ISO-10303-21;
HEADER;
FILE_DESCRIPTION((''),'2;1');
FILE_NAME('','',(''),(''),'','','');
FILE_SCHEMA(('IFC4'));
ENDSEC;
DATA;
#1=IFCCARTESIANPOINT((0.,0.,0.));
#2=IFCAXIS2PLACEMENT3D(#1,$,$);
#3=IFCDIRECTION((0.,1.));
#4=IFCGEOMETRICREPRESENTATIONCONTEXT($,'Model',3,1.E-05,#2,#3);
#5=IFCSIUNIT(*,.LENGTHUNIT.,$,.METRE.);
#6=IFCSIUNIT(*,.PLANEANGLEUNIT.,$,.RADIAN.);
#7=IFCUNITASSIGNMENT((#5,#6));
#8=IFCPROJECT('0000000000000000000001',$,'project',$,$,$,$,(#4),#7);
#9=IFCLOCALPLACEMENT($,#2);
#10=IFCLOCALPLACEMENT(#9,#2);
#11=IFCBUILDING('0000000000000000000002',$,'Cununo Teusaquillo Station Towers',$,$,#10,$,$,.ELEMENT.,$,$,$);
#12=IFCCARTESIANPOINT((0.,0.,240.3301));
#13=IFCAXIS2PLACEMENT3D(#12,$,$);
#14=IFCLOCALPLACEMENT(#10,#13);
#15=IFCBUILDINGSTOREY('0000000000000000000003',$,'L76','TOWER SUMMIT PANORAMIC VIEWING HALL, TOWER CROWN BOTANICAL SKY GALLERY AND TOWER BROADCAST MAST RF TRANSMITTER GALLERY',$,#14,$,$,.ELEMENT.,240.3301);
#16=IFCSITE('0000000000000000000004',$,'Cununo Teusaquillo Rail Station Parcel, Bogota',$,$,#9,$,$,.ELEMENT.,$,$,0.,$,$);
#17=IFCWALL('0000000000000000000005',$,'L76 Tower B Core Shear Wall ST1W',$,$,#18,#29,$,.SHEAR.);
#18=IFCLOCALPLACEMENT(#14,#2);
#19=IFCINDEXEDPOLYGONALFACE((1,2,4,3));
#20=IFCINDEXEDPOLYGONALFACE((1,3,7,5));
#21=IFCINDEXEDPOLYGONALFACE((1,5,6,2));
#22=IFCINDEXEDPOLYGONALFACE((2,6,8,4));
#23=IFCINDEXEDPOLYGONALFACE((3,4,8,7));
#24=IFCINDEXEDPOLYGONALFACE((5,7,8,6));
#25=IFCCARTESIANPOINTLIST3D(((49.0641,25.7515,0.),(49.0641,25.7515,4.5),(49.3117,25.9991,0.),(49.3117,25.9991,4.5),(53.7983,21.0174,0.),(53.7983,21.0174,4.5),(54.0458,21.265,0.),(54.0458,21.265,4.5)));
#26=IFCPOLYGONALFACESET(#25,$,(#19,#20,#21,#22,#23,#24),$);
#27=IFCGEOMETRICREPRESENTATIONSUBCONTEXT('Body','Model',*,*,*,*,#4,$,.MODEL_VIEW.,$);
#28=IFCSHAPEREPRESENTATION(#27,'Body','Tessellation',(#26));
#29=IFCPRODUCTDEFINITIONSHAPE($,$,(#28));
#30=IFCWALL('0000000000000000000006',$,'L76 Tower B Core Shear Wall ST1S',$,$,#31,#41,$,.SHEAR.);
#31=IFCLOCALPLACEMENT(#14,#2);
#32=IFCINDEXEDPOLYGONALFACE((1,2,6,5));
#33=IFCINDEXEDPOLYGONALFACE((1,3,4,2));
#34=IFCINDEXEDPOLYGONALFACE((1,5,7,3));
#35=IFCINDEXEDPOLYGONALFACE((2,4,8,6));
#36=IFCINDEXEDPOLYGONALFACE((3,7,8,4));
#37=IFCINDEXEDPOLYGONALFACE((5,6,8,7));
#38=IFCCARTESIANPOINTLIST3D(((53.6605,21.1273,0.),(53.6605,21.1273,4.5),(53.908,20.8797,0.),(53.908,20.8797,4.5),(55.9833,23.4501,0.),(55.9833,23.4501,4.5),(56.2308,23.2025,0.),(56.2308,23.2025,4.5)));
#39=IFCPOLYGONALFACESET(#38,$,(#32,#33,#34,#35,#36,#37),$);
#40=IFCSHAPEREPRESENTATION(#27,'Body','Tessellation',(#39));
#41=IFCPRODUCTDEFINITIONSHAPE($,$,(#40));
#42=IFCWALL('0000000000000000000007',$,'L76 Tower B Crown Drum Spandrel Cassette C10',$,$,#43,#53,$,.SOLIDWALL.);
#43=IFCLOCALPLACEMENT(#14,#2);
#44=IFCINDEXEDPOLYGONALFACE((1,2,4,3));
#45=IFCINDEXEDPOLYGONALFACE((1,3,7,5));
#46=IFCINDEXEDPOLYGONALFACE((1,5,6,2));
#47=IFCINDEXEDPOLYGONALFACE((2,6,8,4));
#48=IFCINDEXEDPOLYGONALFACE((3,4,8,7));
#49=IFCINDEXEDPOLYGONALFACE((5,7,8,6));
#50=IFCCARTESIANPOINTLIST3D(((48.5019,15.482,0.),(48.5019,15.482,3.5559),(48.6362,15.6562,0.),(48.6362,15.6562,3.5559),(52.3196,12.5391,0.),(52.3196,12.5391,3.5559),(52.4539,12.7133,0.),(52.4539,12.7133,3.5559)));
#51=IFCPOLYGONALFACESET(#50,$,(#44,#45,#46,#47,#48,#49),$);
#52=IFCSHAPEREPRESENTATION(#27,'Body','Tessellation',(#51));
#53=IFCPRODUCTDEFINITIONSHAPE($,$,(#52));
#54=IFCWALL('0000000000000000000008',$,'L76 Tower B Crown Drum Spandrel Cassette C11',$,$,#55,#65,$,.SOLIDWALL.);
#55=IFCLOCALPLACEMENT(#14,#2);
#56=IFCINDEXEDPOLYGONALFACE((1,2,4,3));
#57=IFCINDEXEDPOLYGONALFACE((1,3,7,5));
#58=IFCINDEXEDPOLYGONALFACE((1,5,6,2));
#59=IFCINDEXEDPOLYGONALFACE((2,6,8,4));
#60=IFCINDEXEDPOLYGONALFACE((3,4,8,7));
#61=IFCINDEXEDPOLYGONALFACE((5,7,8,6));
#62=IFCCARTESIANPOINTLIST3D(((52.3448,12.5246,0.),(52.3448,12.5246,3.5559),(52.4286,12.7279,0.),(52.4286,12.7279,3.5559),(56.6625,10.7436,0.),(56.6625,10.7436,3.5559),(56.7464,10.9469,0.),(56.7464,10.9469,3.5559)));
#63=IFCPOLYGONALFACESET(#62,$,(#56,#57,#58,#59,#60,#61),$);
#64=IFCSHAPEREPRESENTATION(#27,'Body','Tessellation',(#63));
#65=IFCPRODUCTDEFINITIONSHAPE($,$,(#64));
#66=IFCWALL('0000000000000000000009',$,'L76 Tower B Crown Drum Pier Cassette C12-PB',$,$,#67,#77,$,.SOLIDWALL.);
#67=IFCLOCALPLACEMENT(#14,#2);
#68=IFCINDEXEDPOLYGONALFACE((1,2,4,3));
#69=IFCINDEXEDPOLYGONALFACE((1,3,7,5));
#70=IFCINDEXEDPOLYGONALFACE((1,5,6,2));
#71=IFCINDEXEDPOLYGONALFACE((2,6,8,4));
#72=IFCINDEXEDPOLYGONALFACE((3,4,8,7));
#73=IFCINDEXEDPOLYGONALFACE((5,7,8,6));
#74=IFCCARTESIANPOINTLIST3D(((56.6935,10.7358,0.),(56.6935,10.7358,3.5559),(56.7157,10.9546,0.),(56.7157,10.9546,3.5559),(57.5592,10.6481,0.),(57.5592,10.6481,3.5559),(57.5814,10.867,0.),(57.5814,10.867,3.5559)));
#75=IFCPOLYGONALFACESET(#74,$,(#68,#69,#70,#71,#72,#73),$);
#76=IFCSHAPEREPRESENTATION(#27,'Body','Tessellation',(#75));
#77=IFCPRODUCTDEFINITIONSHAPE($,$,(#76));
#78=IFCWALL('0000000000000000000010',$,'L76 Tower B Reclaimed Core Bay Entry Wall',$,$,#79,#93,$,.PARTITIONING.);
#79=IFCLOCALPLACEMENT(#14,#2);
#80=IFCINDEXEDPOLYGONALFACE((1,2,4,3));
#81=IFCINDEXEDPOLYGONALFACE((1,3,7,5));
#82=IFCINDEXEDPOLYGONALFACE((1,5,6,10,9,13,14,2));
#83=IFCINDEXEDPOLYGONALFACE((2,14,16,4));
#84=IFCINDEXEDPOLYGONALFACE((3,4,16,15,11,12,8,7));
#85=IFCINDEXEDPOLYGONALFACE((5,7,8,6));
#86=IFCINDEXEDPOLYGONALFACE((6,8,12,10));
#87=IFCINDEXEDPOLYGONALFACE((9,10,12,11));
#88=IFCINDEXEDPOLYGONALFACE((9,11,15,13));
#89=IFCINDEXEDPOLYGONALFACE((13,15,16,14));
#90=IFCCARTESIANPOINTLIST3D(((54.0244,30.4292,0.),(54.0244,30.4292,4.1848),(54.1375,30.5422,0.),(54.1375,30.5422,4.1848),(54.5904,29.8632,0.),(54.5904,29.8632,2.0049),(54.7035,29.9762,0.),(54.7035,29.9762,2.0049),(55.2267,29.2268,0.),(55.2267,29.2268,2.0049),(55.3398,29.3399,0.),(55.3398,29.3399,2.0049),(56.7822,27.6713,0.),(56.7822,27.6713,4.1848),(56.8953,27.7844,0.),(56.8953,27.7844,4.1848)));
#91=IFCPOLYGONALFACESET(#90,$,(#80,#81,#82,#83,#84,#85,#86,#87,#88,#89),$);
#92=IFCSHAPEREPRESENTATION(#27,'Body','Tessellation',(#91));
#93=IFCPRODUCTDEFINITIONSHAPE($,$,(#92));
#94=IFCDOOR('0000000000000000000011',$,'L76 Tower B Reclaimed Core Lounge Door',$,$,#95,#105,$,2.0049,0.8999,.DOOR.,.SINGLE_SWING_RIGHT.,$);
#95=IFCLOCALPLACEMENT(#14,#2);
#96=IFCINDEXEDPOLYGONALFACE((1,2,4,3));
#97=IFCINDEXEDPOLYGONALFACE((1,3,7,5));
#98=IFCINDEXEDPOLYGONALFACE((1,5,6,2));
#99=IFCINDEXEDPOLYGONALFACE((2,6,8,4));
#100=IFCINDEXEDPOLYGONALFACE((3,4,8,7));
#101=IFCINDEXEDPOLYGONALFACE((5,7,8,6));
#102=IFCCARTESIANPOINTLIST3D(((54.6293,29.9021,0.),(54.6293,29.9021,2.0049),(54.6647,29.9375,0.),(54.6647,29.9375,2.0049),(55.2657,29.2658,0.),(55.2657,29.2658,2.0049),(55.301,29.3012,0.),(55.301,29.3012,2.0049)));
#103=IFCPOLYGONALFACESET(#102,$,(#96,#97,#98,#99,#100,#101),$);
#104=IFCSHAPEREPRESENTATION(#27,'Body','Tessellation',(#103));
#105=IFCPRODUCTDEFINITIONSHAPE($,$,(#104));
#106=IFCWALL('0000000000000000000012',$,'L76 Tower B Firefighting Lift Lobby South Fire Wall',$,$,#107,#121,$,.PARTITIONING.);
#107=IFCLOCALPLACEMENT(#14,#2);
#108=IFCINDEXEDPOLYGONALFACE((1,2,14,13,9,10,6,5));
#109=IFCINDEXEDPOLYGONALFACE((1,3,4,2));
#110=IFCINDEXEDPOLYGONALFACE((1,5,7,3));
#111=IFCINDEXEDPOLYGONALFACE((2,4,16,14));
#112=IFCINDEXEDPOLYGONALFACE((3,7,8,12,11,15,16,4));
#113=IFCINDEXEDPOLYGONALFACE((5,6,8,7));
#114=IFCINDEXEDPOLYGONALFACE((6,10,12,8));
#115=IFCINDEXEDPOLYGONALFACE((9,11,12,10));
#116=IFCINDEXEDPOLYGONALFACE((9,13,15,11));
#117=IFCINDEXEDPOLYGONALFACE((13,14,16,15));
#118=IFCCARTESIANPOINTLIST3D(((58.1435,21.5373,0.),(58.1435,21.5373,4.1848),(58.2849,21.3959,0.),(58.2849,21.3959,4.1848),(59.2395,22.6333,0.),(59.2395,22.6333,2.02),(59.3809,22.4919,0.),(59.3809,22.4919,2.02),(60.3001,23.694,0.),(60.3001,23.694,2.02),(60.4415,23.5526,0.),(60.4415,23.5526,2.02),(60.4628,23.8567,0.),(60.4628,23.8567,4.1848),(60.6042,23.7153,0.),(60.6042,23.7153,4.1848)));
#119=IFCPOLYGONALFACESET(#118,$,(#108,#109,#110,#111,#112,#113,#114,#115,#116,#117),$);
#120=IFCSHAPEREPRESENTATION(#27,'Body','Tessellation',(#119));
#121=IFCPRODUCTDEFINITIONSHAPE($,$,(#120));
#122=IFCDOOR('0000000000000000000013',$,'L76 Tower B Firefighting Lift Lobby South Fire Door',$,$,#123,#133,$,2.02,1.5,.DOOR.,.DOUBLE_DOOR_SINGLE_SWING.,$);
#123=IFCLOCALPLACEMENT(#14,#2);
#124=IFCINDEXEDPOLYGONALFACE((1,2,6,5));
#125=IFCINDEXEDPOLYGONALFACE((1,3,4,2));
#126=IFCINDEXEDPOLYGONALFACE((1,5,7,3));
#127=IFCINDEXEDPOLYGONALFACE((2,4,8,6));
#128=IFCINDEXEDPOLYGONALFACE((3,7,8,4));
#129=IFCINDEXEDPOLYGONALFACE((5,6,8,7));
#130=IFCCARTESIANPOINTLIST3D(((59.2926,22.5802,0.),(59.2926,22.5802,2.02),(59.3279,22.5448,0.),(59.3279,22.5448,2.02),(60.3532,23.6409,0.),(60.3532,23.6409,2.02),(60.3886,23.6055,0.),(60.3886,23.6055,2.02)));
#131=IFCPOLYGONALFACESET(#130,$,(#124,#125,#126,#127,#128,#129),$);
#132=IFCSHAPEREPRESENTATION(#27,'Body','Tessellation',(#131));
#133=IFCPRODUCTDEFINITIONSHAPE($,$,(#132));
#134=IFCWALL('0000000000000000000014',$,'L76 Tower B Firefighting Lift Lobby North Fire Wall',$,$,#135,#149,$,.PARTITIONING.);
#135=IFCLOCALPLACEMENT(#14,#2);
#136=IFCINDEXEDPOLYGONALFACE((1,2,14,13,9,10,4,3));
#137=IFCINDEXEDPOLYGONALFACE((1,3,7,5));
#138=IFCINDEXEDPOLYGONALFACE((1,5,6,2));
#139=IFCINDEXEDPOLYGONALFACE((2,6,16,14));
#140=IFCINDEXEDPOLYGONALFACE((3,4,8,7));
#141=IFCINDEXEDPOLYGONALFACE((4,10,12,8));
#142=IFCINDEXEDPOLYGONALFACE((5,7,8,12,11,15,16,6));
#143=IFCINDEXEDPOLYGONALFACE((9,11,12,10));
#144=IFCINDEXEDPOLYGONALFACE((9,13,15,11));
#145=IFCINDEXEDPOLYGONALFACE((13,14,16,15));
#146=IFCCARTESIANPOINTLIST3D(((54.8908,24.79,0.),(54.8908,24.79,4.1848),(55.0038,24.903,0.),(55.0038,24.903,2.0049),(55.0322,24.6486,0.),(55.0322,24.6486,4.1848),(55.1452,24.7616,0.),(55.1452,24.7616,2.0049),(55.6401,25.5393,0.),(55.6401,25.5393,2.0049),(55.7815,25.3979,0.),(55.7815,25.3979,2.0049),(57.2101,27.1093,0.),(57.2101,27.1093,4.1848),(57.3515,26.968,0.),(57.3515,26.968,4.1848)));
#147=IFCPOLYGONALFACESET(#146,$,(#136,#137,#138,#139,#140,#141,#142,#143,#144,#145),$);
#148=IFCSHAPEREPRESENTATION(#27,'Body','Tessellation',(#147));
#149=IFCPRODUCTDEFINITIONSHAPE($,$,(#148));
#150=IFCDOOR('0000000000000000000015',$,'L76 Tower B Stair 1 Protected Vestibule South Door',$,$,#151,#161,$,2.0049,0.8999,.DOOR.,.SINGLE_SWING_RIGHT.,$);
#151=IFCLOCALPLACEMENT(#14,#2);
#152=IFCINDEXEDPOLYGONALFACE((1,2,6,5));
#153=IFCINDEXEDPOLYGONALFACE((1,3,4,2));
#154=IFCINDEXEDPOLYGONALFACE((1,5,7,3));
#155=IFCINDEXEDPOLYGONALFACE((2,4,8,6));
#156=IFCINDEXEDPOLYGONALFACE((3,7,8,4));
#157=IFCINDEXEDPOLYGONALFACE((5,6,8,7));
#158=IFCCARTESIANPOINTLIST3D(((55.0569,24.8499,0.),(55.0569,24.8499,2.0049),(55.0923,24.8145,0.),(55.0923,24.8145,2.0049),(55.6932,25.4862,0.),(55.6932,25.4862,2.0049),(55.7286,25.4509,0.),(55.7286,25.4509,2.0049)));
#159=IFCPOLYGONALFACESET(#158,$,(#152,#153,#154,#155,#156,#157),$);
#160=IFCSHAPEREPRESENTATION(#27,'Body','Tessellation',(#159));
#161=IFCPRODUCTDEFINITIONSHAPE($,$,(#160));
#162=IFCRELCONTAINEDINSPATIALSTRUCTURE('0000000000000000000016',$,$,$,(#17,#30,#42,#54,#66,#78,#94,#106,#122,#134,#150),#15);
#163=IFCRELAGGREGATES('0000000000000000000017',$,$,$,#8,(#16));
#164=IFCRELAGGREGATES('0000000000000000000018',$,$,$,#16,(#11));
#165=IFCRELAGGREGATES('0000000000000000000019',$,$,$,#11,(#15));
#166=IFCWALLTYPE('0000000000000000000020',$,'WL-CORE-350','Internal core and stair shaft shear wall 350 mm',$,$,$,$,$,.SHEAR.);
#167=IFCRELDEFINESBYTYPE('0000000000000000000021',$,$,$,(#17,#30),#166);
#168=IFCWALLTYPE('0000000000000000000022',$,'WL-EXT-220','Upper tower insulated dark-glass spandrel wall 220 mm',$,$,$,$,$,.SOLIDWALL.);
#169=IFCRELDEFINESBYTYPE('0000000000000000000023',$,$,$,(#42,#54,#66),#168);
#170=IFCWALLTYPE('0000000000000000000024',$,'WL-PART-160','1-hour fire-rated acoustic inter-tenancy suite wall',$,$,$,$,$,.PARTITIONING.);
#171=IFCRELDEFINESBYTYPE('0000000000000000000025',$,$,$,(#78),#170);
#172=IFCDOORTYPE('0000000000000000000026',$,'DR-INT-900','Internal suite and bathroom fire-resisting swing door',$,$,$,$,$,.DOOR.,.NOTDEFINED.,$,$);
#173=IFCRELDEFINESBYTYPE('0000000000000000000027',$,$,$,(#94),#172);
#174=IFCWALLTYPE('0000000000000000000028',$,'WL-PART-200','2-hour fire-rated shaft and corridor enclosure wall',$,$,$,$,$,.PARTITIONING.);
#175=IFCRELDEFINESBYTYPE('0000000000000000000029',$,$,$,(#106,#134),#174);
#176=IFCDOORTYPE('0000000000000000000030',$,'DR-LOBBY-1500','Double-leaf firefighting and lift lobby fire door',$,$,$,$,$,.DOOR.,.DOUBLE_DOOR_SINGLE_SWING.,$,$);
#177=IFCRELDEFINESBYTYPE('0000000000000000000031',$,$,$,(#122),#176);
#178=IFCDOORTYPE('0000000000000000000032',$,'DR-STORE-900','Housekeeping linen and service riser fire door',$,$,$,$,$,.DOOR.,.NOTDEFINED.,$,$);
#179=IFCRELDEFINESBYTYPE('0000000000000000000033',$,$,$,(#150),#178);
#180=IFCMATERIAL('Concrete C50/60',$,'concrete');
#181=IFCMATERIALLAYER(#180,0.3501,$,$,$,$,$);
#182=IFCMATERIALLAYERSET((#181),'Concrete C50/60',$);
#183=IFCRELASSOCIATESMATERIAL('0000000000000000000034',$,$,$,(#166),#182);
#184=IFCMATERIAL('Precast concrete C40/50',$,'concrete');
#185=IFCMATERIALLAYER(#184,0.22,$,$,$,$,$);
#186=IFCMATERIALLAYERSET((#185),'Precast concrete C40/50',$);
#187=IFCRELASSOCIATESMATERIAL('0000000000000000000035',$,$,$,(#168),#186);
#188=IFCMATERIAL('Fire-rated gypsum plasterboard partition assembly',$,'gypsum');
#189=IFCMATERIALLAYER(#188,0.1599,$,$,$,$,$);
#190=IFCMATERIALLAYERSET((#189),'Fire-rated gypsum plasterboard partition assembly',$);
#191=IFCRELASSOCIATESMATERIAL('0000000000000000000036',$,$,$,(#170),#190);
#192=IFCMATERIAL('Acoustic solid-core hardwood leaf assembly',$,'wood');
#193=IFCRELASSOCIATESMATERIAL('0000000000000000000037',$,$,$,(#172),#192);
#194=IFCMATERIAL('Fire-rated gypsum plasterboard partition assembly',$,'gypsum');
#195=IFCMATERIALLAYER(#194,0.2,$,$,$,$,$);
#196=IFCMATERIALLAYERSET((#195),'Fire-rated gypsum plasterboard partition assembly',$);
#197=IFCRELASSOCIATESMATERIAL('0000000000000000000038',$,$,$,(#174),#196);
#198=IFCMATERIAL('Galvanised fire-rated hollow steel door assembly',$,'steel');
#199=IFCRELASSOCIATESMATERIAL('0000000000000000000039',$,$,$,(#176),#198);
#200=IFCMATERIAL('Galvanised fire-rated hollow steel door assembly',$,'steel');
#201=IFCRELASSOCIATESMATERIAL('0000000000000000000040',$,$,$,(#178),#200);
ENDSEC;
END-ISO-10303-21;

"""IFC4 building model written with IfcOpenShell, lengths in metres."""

from ifc_helpers import new_model, si_unit, direction, frame, frame_2d, origin, place, context, subcontext, project, spatial, rectangle, extrude, source, transform, mapped, material, layer, layer_set, type_object, element, fill, save


model = new_model("IFC4")

# Units and contexts
model_context = context("Model", 3, precision=1e-05, world=origin(), true_north=direction((0.0, 1.0)))
body_context = subcontext(model_context, "Body", "Model", "MODEL_VIEW")
ifc_project = project(units=[si_unit("LENGTHUNIT", "METRE"), si_unit("PLANEANGLEUNIT", "RADIAN")], contexts=[model_context])

# Site, building, storey
site_placement = place(None, origin())
site = spatial("IfcSite", under=ifc_project, at=site_placement, Name="Cununo Teusaquillo Rail Station Parcel, Bogota", CompositionType="ELEMENT", RefElevation=0.0)
building_placement = place(site_placement, origin())
building = spatial("IfcBuilding", under=site, at=building_placement, Name="Cununo Teusaquillo Station Towers", CompositionType="ELEMENT")
storey_placement = place(building_placement, frame((0.0, 0.0, 240.3301)))
storey = spatial("IfcBuildingStorey", under=building, at=storey_placement, Name="L76", Description="TOWER SUMMIT PANORAMIC VIEWING HALL, TOWER CROWN BOTANICAL SKY GALLERY AND TOWER BROADCAST MAST RF TRANSMITTER GALLERY", CompositionType="ELEMENT", Elevation=240.3301)

# Walls
ifc_material_1 = material(Name="Concrete C50/60", Category="concrete")
ifc_layer_1 = layer(ifc_material_1, 0.3501)
ifc_layer_set_1 = layer_set([ifc_layer_1], Name="Concrete C50/60")
wall_type_1 = type_object("IfcWallType", Name="WL-CORE-350", Description="Internal core and stair shaft shear wall 350 mm", PredefinedType="SHEAR", material=ifc_layer_set_1)
wall_1_placement = place(storey_placement, frame((53.9221, 21.1411, 0.0), z_axis=(0.0, 0.0, 1.0), x_axis=(-0.707107, 0.707107, 0.0)))
element("IfcWall", 1, at=wall_1_placement, inside=storey, type_object=wall_type_1, Name="L76 Tower B Core Shear Wall ST1W", PredefinedType="SHEAR", context=body_context, shape_type="SweptSolid", body=[
    extrude(rectangle(XDim=6.6951, YDim=0.3501, at=frame_2d((3.3477, 0.0))), origin(), (0.0, 0.0, 1.0), 4.5),
])
wall_2_placement = place(storey_placement, frame((53.7842, 21.0034, 0.0), z_axis=(0.0, 0.0, 1.0), x_axis=(0.707107, 0.707107, 0.0)))
element("IfcWall", 2, at=wall_2_placement, inside=storey, type_object=wall_type_1, Name="L76 Tower B Core Shear Wall ST1S", PredefinedType="SHEAR", context=body_context, shape_type="SweptSolid", body=[
    extrude(rectangle(XDim=3.2849, YDim=0.3501, at=frame_2d((1.6426, 0.0))), origin(), (0.0, 0.0, 1.0), 4.5),
])
ifc_material_2 = material(Name="Precast concrete C40/50", Category="concrete")
ifc_layer_2 = layer(ifc_material_2, 0.22)
ifc_layer_set_2 = layer_set([ifc_layer_2], Name="Precast concrete C40/50")
wall_type_2 = type_object("IfcWallType", Name="WL-EXT-220", Description="Upper tower insulated dark-glass spandrel wall 220 mm", PredefinedType="SOLIDWALL", material=ifc_layer_set_2)
wall_3_placement = place(storey_placement, frame((52.3867, 12.6262, 0.0), z_axis=(0.0, 0.0, 1.0), x_axis=(-0.791998, 0.610523, 0.0)))
element("IfcWall", 3, at=wall_3_placement, inside=storey, type_object=wall_type_2, Name="L76 Tower B Crown Drum Spandrel Cassette C10", PredefinedType="SOLIDWALL", context=body_context, shape_type="SweptSolid", body=[
    extrude(rectangle(XDim=4.8203, YDim=0.22, at=frame_2d((2.4102, 0.0))), origin(), (0.0, 0.0, 1.0), 3.5559),
])
wall_4_placement = place(storey_placement, frame((56.7046, 10.8452, 0.0), z_axis=(0.0, 0.0, 1.0), x_axis=(-0.924447, 0.38131, 0.0)))
element("IfcWall", 4, at=wall_4_placement, inside=storey, type_object=wall_type_2, Name="L76 Tower B Crown Drum Spandrel Cassette C11", PredefinedType="SOLIDWALL", context=body_context, shape_type="SweptSolid", body=[
    extrude(rectangle(XDim=4.6707, YDim=0.22, at=frame_2d((2.3354, 0.0))), origin(), (0.0, 0.0, 1.0), 3.5559),
])
wall_5_placement = place(storey_placement, frame((57.5703, 10.7576, 0.0), z_axis=(0.0, 0.0, 1.0), x_axis=(-0.994914, 0.100726, 0.0)))
element("IfcWall", 5, at=wall_5_placement, inside=storey, type_object=wall_type_2, Name="L76 Tower B Crown Drum Pier Cassette C12-PB", PredefinedType="SOLIDWALL", context=body_context, shape_type="SweptSolid", body=[
    extrude(rectangle(XDim=0.8701, YDim=0.22, at=frame_2d((0.4351, 0.0))), origin(), (0.0, 0.0, 1.0), 3.5559),
])

# Walls, openings, doors
ifc_material_3 = material(Name="Fire-rated gypsum plasterboard partition assembly", Category="gypsum")
ifc_layer_3 = layer(ifc_material_3, 0.1599)
ifc_layer_set_3 = layer_set([ifc_layer_3], Name="Fire-rated gypsum plasterboard partition assembly")
wall_type_3 = type_object("IfcWallType", Name="WL-PART-160", Description="1-hour fire-rated acoustic inter-tenancy suite wall", PredefinedType="PARTITIONING", material=ifc_layer_set_3)
wall_6_placement = place(storey_placement, frame((56.8389, 27.7278, 0.0), z_axis=(0.0, 0.0, 1.0), x_axis=(-0.707107, 0.707107, 0.0)))
wall_6 = element("IfcWall", 6, at=wall_6_placement, inside=storey, type_object=wall_type_3, Name="L76 Tower B Reclaimed Core Bay Entry Wall", PredefinedType="PARTITIONING", context=body_context, shape_type="SweptSolid", body=[
    extrude(rectangle(XDim=3.9001, YDim=0.1599, at=frame_2d((1.9502, 0.0))), origin(), (0.0, 0.0, 1.0), 4.1848),
])
shared_shape_1 = source(origin(), body_context, "Body", "SweptSolid", [
    extrude(rectangle(XDim=0.8999, YDim=2.0049, at=frame_2d((0.45, 1.0024))), frame((0.0, 0.0898, 0.0), z_axis=(0.0, -1.0, 0.0), x_axis=(1.0, 0.0, 0.0)), (0.0, 0.0, 1.0), 0.1799),
])
opening_1_placement = place(wall_6_placement, frame((2.2, 0.0, 0.0)))
opening_1 = element("IfcOpeningElement", 7, at=opening_1_placement, cuts=wall_6, PredefinedType="OPENING", context=body_context, shape_type="MappedRepresentation", body=[
    mapped(shared_shape_1, transform((0.0, 0.0, 0.0), x_axis=(1.0, 0.0, 0.0), y_axis=(0.0, 1.0, 0.0), z_axis=(0.0, 0.0, 1.0), scale=1.0)),
])
ifc_material_4 = material(Name="Acoustic solid-core hardwood leaf assembly", Category="wood")
door_type_1 = type_object("IfcDoorType", Name="DR-INT-900", Description="Internal suite and bathroom fire-resisting swing door", OperationType="NOTDEFINED", PredefinedType="DOOR", material=ifc_material_4)
shared_shape_2 = source(origin(), body_context, "Body", "SweptSolid", [
    extrude(rectangle(XDim=0.8999, YDim=2.0049, at=frame_2d((0.45, 1.0024))), frame((0.0, 0.0249, 0.0), z_axis=(0.0, -1.0, 0.0), x_axis=(1.0, 0.0, 0.0)), (0.0, 0.0, 1.0), 0.05),
])
door_1_placement = place(opening_1_placement, origin())
door_1 = element("IfcDoor", 8, at=door_1_placement, inside=storey, type_object=door_type_1, Name="L76 Tower B Reclaimed Core Lounge Door", OperationType="SINGLE_SWING_RIGHT", OverallHeight=2.0049, OverallWidth=0.8999, PredefinedType="DOOR", context=body_context, shape_type="MappedRepresentation", body=[
    mapped(shared_shape_2, transform((0.0, 0.0, 0.0), x_axis=(1.0, 0.0, 0.0), y_axis=(0.0, 1.0, 0.0), z_axis=(0.0, 0.0, 1.0), scale=1.0)),
])
fill(opening_1, door_1)
ifc_material_5 = material(Name="Fire-rated gypsum plasterboard partition assembly", Category="gypsum")
ifc_layer_4 = layer(ifc_material_5, 0.2)
ifc_layer_set_4 = layer_set([ifc_layer_4], Name="Fire-rated gypsum plasterboard partition assembly")
wall_type_4 = type_object("IfcWallType", Name="WL-PART-200", Description="2-hour fire-rated shaft and corridor enclosure wall", PredefinedType="PARTITIONING", material=ifc_layer_set_4)
wall_7_placement = place(storey_placement, frame((58.2141, 21.4666, 0.0), z_axis=(0.0, 0.0, 1.0), x_axis=(0.707107, 0.707107, 0.0)))
wall_7 = element("IfcWall", 9, at=wall_7_placement, inside=storey, type_object=wall_type_4, Name="L76 Tower B Firefighting Lift Lobby South Fire Wall", PredefinedType="PARTITIONING", context=body_context, shape_type="SweptSolid", body=[
    extrude(rectangle(XDim=3.28, YDim=0.2, at=frame_2d((1.6401, 0.0))), origin(), (0.0, 0.0, 1.0), 4.1848),
])
shared_shape_3 = source(origin(), body_context, "Body", "SweptSolid", [
    extrude(rectangle(XDim=1.5, YDim=2.02, at=frame_2d((0.75, 1.01))), frame((0.0, 0.1099, 0.0), z_axis=(0.0, -1.0, 0.0), x_axis=(1.0, 0.0, 0.0)), (0.0, 0.0, 1.0), 0.22),
])
opening_2_placement = place(wall_7_placement, frame((1.55, 0.0, 0.0)))
opening_2 = element("IfcOpeningElement", 10, at=opening_2_placement, cuts=wall_7, PredefinedType="OPENING", context=body_context, shape_type="MappedRepresentation", body=[
    mapped(shared_shape_3, transform((0.0, 0.0, 0.0), x_axis=(1.0, 0.0, 0.0), y_axis=(0.0, 1.0, 0.0), z_axis=(0.0, 0.0, 1.0), scale=1.0)),
])
ifc_material_6 = material(Name="Galvanised fire-rated hollow steel door assembly", Category="steel")
door_type_2 = type_object("IfcDoorType", Name="DR-LOBBY-1500", Description="Double-leaf firefighting and lift lobby fire door", OperationType="DOUBLE_DOOR_SINGLE_SWING", PredefinedType="DOOR", material=ifc_material_6)
shared_shape_4 = source(origin(), body_context, "Body", "SweptSolid", [
    extrude(rectangle(XDim=1.5, YDim=2.02, at=frame_2d((0.75, 1.01))), frame((0.0, 0.0249, 0.0), z_axis=(0.0, -1.0, 0.0), x_axis=(1.0, 0.0, 0.0)), (0.0, 0.0, 1.0), 0.05),
])
door_2_placement = place(opening_2_placement, origin())
door_2 = element("IfcDoor", 11, at=door_2_placement, inside=storey, type_object=door_type_2, Name="L76 Tower B Firefighting Lift Lobby South Fire Door", OperationType="DOUBLE_DOOR_SINGLE_SWING", OverallHeight=2.02, OverallWidth=1.5, PredefinedType="DOOR", context=body_context, shape_type="MappedRepresentation", body=[
    mapped(shared_shape_4, transform((0.0, 0.0, 0.0), x_axis=(1.0, 0.0, 0.0), y_axis=(0.0, 1.0, 0.0), z_axis=(0.0, 0.0, 1.0), scale=1.0)),
])
fill(opening_2, door_2)
wall_8_placement = place(storey_placement, frame((54.9614, 24.7192, 0.0), z_axis=(0.0, 0.0, 1.0), x_axis=(0.707107, 0.707107, 0.0)))
wall_8 = element("IfcWall", 12, at=wall_8_placement, inside=storey, type_object=wall_type_4, Name="L76 Tower B Firefighting Lift Lobby North Fire Wall", PredefinedType="PARTITIONING", context=body_context, shape_type="SweptSolid", body=[
    extrude(rectangle(XDim=3.28, YDim=0.2, at=frame_2d((1.6401, 0.0))), origin(), (0.0, 0.0, 1.0), 4.1848),
])
shared_shape_5 = source(origin(), body_context, "Body", "SweptSolid", [
    extrude(rectangle(XDim=0.8999, YDim=2.0049, at=frame_2d((0.45, 1.0024))), frame((0.0, 0.1099, 0.0), z_axis=(0.0, -1.0, 0.0), x_axis=(1.0, 0.0, 0.0)), (0.0, 0.0, 1.0), 0.22),
])
opening_3_placement = place(wall_8_placement, frame((0.1599, 0.0, 0.0)))
opening_3 = element("IfcOpeningElement", 13, at=opening_3_placement, cuts=wall_8, PredefinedType="OPENING", context=body_context, shape_type="MappedRepresentation", body=[
    mapped(shared_shape_5, transform((0.0, 0.0, 0.0), x_axis=(1.0, 0.0, 0.0), y_axis=(0.0, 1.0, 0.0), z_axis=(0.0, 0.0, 1.0), scale=1.0)),
])
ifc_material_7 = material(Name="Galvanised fire-rated hollow steel door assembly", Category="steel")
door_type_3 = type_object("IfcDoorType", Name="DR-STORE-900", Description="Housekeeping linen and service riser fire door", OperationType="NOTDEFINED", PredefinedType="DOOR", material=ifc_material_7)
door_3_placement = place(opening_3_placement, origin())
door_3 = element("IfcDoor", 14, at=door_3_placement, inside=storey, type_object=door_type_3, Name="L76 Tower B Stair 1 Protected Vestibule South Door", OperationType="SINGLE_SWING_RIGHT", OverallHeight=2.0049, OverallWidth=0.8999, PredefinedType="DOOR", context=body_context, shape_type="MappedRepresentation", body=[
    mapped(shared_shape_2, transform((0.0, 0.0, 0.0), x_axis=(1.0, 0.0, 0.0), y_axis=(0.0, 1.0, 0.0), z_axis=(0.0, 0.0, 1.0), scale=1.0)),
])
fill(opening_3, door_3)

save(model, "model.ifc")
